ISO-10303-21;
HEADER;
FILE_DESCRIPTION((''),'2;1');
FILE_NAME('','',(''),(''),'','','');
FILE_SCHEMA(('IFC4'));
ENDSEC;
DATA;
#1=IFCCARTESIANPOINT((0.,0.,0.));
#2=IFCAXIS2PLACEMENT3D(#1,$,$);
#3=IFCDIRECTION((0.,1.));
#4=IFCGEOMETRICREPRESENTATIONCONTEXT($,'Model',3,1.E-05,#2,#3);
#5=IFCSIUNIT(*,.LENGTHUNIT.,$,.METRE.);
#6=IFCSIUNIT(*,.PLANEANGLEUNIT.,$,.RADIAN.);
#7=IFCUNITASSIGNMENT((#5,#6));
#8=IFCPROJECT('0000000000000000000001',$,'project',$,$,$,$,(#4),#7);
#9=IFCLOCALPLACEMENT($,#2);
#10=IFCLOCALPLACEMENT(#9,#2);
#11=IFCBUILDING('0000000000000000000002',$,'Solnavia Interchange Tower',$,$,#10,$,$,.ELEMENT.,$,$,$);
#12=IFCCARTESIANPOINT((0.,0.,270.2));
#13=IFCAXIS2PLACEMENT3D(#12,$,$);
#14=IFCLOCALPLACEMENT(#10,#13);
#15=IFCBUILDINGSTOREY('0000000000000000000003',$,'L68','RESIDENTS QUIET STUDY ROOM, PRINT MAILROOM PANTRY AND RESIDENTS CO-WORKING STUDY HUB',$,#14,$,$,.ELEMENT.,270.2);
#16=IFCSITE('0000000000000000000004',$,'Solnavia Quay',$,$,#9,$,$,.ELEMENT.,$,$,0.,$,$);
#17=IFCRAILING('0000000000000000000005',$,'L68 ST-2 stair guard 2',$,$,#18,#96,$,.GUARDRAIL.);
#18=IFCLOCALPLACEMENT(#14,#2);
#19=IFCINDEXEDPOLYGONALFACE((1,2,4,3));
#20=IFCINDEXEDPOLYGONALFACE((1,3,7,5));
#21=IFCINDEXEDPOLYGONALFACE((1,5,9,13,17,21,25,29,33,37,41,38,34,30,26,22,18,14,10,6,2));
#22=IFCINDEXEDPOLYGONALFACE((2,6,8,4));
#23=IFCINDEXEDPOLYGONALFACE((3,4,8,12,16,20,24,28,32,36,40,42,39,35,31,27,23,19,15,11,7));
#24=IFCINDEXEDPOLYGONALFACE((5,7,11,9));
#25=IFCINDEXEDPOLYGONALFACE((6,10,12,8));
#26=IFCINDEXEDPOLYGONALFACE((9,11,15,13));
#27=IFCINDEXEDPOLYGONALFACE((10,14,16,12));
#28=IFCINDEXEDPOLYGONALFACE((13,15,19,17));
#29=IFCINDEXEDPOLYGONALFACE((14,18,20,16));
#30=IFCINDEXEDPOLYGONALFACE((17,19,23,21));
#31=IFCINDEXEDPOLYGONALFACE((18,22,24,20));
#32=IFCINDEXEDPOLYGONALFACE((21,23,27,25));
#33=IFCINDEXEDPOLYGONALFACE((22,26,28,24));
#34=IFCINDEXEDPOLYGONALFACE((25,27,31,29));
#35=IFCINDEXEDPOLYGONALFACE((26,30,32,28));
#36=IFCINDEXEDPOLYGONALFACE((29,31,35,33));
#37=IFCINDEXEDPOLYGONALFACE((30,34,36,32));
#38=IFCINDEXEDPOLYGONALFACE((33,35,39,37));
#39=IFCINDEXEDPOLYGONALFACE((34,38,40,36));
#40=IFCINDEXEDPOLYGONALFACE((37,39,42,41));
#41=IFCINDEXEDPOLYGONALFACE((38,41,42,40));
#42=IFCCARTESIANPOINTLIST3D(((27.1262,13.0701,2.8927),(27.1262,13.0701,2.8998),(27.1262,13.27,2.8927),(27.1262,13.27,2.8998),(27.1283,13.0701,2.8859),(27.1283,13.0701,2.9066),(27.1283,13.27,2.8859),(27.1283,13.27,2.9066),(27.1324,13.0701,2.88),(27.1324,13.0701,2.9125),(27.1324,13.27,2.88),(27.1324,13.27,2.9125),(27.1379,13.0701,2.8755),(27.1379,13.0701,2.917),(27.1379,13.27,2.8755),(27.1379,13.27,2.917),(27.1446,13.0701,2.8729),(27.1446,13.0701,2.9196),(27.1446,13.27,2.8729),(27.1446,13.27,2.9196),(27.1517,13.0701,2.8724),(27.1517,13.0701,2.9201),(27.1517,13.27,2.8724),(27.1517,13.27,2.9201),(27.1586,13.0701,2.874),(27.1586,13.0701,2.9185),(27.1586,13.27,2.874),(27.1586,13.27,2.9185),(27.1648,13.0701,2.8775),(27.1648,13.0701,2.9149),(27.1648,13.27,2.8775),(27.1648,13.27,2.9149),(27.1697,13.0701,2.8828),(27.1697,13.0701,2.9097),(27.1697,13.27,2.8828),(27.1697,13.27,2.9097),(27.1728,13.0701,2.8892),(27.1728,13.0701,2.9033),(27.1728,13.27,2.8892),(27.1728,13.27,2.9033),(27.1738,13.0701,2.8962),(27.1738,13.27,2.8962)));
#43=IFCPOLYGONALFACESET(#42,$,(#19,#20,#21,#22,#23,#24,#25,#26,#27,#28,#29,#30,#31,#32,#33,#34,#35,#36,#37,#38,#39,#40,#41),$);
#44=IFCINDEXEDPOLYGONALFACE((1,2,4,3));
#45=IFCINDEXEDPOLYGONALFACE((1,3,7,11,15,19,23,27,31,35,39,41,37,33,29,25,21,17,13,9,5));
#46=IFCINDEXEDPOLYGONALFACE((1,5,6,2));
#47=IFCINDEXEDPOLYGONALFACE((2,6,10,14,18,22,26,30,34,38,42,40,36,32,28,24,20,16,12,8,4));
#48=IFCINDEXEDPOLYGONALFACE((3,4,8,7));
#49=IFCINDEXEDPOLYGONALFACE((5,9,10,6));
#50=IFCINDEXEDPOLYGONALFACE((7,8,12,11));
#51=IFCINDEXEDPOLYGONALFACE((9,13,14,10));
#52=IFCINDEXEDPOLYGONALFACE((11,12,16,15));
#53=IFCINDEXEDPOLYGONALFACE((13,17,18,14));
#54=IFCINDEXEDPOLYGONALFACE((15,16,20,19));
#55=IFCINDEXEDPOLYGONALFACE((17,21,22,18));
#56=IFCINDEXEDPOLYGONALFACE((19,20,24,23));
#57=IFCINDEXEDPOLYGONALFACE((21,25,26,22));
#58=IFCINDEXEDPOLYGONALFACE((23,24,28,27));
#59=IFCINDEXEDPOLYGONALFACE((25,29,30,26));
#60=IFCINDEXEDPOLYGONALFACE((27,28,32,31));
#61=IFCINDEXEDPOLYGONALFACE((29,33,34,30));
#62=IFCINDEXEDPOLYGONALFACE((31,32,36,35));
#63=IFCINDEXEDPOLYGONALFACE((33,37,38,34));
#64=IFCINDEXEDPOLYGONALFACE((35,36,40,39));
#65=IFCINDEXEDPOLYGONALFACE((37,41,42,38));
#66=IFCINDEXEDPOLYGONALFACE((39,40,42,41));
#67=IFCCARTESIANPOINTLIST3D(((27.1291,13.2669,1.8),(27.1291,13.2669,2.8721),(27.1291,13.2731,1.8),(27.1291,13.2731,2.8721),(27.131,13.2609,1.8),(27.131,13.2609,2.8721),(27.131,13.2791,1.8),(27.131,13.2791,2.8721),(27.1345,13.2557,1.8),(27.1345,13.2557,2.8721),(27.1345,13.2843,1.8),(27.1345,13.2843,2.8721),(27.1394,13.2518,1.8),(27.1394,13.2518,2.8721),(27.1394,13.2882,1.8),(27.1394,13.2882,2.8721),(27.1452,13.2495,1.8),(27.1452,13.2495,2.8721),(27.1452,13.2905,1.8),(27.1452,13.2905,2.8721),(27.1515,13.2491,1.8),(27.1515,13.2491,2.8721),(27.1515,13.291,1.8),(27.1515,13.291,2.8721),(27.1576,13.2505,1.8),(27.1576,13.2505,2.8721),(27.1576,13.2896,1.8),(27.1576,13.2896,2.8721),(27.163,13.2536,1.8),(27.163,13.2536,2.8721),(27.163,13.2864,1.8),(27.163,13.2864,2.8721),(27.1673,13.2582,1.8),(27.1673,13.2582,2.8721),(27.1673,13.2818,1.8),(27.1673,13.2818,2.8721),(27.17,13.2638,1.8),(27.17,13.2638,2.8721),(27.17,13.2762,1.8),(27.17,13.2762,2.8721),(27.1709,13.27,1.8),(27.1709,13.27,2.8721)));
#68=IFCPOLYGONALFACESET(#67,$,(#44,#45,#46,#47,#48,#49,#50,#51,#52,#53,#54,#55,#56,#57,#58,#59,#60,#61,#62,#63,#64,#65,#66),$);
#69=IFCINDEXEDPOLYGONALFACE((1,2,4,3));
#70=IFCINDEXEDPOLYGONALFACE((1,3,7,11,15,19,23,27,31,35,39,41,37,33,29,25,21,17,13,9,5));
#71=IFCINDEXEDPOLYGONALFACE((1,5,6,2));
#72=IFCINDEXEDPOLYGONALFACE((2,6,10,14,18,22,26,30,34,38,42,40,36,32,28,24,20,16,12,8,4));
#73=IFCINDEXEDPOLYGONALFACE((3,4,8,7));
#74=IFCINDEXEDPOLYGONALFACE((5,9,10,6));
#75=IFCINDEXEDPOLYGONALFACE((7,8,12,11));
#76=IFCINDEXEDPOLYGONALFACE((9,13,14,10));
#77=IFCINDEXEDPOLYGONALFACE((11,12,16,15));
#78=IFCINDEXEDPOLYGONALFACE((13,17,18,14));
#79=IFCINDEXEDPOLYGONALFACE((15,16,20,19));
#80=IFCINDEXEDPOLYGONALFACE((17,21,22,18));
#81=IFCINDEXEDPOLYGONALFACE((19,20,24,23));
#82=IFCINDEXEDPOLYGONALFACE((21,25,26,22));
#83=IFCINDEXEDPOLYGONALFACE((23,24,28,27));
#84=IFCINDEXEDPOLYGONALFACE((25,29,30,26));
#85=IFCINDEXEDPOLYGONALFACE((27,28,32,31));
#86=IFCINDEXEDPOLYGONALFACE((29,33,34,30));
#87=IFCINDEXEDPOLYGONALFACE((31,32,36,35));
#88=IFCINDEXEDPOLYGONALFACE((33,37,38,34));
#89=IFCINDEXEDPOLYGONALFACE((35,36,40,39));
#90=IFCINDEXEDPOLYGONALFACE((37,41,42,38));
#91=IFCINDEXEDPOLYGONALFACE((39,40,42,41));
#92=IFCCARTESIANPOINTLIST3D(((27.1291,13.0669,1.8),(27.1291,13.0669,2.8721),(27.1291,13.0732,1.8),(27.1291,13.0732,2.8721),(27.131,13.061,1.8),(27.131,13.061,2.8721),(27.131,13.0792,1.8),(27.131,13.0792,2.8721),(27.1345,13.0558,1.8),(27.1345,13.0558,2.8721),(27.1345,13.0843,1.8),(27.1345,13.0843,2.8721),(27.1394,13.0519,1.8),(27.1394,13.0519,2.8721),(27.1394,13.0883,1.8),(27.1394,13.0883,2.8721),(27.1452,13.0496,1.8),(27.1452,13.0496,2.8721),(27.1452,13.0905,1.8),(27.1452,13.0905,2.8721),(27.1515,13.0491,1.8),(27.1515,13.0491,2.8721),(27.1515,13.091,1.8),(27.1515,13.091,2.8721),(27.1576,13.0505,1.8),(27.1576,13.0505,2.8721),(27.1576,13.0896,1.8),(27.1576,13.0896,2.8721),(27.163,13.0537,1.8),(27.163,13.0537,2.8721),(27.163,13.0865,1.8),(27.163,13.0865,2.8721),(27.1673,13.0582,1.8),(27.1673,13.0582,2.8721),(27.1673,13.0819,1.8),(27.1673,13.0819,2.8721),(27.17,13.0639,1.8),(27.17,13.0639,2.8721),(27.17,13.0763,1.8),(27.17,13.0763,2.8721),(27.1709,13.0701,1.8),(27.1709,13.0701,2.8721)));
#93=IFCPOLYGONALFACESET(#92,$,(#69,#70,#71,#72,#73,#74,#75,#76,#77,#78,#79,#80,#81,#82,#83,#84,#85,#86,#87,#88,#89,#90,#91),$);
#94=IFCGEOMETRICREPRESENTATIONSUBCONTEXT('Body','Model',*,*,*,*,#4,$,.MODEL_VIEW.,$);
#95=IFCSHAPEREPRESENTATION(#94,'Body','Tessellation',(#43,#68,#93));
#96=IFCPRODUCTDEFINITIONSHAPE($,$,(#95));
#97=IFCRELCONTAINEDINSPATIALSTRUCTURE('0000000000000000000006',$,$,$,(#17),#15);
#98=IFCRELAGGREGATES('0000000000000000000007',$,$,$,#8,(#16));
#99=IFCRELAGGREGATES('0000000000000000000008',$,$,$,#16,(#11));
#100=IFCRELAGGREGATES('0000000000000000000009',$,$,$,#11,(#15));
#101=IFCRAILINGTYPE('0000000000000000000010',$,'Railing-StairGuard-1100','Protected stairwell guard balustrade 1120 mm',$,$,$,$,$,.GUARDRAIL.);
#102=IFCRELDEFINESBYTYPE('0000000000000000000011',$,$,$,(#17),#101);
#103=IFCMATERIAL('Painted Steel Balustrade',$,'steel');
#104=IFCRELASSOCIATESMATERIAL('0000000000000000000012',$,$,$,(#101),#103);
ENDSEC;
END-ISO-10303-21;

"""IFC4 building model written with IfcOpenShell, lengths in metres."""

from ifc_helpers import new_model, si_unit, direction, frame, origin, origin_2d, place, context, subcontext, project, spatial, circle, extrude, material, type_object, element, save


model = new_model("IFC4")

# Units and contexts
model_context = context("Model", 3, precision=1e-05, world=origin(), true_north=direction((0.0, 1.0)))
body_context = subcontext(model_context, "Body", "Model", "MODEL_VIEW")
ifc_project = project(units=[si_unit("LENGTHUNIT", "METRE"), si_unit("PLANEANGLEUNIT", "RADIAN")], contexts=[model_context])

# Site, building, storey
site_placement = place(None, origin())
site = spatial("IfcSite", under=ifc_project, at=site_placement, Name="Solnavia Quay", CompositionType="ELEMENT", RefElevation=0.0)
building_placement = place(site_placement, origin())
building = spatial("IfcBuilding", under=site, at=building_placement, Name="Solnavia Interchange Tower", CompositionType="ELEMENT")
storey_placement = place(building_placement, frame((0.0, 0.0, 270.2)))
storey = spatial("IfcBuildingStorey", under=building, at=storey_placement, Name="L68", Description="RESIDENTS QUIET STUDY ROOM, PRINT MAILROOM PANTRY AND RESIDENTS CO-WORKING STUDY HUB", CompositionType="ELEMENT", Elevation=270.2)

# Railing
ifc_material_1 = material(Name="Painted Steel Balustrade", Category="steel")
railing_type_1 = type_object("IfcRailingType", Name="Railing-StairGuard-1100", Description="Protected stairwell guard balustrade 1120 mm", PredefinedType="GUARDRAIL", material=ifc_material_1)
railing_1_placement = place(storey_placement, frame((27.1499, 13.27, 1.8)))
element("IfcRailing", 1, at=railing_1_placement, inside=storey, type_object=railing_type_1, Name="L68 ST-2 stair guard 2", PredefinedType="GUARDRAIL", context=body_context, shape_type="SweptSolid", body=[
    extrude(circle(Radius=0.0239, at=origin_2d()), frame((0.0, 0.0, 1.0962), z_axis=(0.0, -1.0, 0.0), x_axis=(1.0, 0.0, 0.0)), (0.0, 0.0, 1.0), 0.2),
    extrude(circle(Radius=0.021, at=origin_2d()), origin(), (0.0, 0.0, 1.0), 1.072),
    extrude(circle(Radius=0.021, at=origin_2d()), frame((0.0, -0.2, 0.0)), (0.0, 0.0, 1.0), 1.072),
])

save(model, "model.ifc")
